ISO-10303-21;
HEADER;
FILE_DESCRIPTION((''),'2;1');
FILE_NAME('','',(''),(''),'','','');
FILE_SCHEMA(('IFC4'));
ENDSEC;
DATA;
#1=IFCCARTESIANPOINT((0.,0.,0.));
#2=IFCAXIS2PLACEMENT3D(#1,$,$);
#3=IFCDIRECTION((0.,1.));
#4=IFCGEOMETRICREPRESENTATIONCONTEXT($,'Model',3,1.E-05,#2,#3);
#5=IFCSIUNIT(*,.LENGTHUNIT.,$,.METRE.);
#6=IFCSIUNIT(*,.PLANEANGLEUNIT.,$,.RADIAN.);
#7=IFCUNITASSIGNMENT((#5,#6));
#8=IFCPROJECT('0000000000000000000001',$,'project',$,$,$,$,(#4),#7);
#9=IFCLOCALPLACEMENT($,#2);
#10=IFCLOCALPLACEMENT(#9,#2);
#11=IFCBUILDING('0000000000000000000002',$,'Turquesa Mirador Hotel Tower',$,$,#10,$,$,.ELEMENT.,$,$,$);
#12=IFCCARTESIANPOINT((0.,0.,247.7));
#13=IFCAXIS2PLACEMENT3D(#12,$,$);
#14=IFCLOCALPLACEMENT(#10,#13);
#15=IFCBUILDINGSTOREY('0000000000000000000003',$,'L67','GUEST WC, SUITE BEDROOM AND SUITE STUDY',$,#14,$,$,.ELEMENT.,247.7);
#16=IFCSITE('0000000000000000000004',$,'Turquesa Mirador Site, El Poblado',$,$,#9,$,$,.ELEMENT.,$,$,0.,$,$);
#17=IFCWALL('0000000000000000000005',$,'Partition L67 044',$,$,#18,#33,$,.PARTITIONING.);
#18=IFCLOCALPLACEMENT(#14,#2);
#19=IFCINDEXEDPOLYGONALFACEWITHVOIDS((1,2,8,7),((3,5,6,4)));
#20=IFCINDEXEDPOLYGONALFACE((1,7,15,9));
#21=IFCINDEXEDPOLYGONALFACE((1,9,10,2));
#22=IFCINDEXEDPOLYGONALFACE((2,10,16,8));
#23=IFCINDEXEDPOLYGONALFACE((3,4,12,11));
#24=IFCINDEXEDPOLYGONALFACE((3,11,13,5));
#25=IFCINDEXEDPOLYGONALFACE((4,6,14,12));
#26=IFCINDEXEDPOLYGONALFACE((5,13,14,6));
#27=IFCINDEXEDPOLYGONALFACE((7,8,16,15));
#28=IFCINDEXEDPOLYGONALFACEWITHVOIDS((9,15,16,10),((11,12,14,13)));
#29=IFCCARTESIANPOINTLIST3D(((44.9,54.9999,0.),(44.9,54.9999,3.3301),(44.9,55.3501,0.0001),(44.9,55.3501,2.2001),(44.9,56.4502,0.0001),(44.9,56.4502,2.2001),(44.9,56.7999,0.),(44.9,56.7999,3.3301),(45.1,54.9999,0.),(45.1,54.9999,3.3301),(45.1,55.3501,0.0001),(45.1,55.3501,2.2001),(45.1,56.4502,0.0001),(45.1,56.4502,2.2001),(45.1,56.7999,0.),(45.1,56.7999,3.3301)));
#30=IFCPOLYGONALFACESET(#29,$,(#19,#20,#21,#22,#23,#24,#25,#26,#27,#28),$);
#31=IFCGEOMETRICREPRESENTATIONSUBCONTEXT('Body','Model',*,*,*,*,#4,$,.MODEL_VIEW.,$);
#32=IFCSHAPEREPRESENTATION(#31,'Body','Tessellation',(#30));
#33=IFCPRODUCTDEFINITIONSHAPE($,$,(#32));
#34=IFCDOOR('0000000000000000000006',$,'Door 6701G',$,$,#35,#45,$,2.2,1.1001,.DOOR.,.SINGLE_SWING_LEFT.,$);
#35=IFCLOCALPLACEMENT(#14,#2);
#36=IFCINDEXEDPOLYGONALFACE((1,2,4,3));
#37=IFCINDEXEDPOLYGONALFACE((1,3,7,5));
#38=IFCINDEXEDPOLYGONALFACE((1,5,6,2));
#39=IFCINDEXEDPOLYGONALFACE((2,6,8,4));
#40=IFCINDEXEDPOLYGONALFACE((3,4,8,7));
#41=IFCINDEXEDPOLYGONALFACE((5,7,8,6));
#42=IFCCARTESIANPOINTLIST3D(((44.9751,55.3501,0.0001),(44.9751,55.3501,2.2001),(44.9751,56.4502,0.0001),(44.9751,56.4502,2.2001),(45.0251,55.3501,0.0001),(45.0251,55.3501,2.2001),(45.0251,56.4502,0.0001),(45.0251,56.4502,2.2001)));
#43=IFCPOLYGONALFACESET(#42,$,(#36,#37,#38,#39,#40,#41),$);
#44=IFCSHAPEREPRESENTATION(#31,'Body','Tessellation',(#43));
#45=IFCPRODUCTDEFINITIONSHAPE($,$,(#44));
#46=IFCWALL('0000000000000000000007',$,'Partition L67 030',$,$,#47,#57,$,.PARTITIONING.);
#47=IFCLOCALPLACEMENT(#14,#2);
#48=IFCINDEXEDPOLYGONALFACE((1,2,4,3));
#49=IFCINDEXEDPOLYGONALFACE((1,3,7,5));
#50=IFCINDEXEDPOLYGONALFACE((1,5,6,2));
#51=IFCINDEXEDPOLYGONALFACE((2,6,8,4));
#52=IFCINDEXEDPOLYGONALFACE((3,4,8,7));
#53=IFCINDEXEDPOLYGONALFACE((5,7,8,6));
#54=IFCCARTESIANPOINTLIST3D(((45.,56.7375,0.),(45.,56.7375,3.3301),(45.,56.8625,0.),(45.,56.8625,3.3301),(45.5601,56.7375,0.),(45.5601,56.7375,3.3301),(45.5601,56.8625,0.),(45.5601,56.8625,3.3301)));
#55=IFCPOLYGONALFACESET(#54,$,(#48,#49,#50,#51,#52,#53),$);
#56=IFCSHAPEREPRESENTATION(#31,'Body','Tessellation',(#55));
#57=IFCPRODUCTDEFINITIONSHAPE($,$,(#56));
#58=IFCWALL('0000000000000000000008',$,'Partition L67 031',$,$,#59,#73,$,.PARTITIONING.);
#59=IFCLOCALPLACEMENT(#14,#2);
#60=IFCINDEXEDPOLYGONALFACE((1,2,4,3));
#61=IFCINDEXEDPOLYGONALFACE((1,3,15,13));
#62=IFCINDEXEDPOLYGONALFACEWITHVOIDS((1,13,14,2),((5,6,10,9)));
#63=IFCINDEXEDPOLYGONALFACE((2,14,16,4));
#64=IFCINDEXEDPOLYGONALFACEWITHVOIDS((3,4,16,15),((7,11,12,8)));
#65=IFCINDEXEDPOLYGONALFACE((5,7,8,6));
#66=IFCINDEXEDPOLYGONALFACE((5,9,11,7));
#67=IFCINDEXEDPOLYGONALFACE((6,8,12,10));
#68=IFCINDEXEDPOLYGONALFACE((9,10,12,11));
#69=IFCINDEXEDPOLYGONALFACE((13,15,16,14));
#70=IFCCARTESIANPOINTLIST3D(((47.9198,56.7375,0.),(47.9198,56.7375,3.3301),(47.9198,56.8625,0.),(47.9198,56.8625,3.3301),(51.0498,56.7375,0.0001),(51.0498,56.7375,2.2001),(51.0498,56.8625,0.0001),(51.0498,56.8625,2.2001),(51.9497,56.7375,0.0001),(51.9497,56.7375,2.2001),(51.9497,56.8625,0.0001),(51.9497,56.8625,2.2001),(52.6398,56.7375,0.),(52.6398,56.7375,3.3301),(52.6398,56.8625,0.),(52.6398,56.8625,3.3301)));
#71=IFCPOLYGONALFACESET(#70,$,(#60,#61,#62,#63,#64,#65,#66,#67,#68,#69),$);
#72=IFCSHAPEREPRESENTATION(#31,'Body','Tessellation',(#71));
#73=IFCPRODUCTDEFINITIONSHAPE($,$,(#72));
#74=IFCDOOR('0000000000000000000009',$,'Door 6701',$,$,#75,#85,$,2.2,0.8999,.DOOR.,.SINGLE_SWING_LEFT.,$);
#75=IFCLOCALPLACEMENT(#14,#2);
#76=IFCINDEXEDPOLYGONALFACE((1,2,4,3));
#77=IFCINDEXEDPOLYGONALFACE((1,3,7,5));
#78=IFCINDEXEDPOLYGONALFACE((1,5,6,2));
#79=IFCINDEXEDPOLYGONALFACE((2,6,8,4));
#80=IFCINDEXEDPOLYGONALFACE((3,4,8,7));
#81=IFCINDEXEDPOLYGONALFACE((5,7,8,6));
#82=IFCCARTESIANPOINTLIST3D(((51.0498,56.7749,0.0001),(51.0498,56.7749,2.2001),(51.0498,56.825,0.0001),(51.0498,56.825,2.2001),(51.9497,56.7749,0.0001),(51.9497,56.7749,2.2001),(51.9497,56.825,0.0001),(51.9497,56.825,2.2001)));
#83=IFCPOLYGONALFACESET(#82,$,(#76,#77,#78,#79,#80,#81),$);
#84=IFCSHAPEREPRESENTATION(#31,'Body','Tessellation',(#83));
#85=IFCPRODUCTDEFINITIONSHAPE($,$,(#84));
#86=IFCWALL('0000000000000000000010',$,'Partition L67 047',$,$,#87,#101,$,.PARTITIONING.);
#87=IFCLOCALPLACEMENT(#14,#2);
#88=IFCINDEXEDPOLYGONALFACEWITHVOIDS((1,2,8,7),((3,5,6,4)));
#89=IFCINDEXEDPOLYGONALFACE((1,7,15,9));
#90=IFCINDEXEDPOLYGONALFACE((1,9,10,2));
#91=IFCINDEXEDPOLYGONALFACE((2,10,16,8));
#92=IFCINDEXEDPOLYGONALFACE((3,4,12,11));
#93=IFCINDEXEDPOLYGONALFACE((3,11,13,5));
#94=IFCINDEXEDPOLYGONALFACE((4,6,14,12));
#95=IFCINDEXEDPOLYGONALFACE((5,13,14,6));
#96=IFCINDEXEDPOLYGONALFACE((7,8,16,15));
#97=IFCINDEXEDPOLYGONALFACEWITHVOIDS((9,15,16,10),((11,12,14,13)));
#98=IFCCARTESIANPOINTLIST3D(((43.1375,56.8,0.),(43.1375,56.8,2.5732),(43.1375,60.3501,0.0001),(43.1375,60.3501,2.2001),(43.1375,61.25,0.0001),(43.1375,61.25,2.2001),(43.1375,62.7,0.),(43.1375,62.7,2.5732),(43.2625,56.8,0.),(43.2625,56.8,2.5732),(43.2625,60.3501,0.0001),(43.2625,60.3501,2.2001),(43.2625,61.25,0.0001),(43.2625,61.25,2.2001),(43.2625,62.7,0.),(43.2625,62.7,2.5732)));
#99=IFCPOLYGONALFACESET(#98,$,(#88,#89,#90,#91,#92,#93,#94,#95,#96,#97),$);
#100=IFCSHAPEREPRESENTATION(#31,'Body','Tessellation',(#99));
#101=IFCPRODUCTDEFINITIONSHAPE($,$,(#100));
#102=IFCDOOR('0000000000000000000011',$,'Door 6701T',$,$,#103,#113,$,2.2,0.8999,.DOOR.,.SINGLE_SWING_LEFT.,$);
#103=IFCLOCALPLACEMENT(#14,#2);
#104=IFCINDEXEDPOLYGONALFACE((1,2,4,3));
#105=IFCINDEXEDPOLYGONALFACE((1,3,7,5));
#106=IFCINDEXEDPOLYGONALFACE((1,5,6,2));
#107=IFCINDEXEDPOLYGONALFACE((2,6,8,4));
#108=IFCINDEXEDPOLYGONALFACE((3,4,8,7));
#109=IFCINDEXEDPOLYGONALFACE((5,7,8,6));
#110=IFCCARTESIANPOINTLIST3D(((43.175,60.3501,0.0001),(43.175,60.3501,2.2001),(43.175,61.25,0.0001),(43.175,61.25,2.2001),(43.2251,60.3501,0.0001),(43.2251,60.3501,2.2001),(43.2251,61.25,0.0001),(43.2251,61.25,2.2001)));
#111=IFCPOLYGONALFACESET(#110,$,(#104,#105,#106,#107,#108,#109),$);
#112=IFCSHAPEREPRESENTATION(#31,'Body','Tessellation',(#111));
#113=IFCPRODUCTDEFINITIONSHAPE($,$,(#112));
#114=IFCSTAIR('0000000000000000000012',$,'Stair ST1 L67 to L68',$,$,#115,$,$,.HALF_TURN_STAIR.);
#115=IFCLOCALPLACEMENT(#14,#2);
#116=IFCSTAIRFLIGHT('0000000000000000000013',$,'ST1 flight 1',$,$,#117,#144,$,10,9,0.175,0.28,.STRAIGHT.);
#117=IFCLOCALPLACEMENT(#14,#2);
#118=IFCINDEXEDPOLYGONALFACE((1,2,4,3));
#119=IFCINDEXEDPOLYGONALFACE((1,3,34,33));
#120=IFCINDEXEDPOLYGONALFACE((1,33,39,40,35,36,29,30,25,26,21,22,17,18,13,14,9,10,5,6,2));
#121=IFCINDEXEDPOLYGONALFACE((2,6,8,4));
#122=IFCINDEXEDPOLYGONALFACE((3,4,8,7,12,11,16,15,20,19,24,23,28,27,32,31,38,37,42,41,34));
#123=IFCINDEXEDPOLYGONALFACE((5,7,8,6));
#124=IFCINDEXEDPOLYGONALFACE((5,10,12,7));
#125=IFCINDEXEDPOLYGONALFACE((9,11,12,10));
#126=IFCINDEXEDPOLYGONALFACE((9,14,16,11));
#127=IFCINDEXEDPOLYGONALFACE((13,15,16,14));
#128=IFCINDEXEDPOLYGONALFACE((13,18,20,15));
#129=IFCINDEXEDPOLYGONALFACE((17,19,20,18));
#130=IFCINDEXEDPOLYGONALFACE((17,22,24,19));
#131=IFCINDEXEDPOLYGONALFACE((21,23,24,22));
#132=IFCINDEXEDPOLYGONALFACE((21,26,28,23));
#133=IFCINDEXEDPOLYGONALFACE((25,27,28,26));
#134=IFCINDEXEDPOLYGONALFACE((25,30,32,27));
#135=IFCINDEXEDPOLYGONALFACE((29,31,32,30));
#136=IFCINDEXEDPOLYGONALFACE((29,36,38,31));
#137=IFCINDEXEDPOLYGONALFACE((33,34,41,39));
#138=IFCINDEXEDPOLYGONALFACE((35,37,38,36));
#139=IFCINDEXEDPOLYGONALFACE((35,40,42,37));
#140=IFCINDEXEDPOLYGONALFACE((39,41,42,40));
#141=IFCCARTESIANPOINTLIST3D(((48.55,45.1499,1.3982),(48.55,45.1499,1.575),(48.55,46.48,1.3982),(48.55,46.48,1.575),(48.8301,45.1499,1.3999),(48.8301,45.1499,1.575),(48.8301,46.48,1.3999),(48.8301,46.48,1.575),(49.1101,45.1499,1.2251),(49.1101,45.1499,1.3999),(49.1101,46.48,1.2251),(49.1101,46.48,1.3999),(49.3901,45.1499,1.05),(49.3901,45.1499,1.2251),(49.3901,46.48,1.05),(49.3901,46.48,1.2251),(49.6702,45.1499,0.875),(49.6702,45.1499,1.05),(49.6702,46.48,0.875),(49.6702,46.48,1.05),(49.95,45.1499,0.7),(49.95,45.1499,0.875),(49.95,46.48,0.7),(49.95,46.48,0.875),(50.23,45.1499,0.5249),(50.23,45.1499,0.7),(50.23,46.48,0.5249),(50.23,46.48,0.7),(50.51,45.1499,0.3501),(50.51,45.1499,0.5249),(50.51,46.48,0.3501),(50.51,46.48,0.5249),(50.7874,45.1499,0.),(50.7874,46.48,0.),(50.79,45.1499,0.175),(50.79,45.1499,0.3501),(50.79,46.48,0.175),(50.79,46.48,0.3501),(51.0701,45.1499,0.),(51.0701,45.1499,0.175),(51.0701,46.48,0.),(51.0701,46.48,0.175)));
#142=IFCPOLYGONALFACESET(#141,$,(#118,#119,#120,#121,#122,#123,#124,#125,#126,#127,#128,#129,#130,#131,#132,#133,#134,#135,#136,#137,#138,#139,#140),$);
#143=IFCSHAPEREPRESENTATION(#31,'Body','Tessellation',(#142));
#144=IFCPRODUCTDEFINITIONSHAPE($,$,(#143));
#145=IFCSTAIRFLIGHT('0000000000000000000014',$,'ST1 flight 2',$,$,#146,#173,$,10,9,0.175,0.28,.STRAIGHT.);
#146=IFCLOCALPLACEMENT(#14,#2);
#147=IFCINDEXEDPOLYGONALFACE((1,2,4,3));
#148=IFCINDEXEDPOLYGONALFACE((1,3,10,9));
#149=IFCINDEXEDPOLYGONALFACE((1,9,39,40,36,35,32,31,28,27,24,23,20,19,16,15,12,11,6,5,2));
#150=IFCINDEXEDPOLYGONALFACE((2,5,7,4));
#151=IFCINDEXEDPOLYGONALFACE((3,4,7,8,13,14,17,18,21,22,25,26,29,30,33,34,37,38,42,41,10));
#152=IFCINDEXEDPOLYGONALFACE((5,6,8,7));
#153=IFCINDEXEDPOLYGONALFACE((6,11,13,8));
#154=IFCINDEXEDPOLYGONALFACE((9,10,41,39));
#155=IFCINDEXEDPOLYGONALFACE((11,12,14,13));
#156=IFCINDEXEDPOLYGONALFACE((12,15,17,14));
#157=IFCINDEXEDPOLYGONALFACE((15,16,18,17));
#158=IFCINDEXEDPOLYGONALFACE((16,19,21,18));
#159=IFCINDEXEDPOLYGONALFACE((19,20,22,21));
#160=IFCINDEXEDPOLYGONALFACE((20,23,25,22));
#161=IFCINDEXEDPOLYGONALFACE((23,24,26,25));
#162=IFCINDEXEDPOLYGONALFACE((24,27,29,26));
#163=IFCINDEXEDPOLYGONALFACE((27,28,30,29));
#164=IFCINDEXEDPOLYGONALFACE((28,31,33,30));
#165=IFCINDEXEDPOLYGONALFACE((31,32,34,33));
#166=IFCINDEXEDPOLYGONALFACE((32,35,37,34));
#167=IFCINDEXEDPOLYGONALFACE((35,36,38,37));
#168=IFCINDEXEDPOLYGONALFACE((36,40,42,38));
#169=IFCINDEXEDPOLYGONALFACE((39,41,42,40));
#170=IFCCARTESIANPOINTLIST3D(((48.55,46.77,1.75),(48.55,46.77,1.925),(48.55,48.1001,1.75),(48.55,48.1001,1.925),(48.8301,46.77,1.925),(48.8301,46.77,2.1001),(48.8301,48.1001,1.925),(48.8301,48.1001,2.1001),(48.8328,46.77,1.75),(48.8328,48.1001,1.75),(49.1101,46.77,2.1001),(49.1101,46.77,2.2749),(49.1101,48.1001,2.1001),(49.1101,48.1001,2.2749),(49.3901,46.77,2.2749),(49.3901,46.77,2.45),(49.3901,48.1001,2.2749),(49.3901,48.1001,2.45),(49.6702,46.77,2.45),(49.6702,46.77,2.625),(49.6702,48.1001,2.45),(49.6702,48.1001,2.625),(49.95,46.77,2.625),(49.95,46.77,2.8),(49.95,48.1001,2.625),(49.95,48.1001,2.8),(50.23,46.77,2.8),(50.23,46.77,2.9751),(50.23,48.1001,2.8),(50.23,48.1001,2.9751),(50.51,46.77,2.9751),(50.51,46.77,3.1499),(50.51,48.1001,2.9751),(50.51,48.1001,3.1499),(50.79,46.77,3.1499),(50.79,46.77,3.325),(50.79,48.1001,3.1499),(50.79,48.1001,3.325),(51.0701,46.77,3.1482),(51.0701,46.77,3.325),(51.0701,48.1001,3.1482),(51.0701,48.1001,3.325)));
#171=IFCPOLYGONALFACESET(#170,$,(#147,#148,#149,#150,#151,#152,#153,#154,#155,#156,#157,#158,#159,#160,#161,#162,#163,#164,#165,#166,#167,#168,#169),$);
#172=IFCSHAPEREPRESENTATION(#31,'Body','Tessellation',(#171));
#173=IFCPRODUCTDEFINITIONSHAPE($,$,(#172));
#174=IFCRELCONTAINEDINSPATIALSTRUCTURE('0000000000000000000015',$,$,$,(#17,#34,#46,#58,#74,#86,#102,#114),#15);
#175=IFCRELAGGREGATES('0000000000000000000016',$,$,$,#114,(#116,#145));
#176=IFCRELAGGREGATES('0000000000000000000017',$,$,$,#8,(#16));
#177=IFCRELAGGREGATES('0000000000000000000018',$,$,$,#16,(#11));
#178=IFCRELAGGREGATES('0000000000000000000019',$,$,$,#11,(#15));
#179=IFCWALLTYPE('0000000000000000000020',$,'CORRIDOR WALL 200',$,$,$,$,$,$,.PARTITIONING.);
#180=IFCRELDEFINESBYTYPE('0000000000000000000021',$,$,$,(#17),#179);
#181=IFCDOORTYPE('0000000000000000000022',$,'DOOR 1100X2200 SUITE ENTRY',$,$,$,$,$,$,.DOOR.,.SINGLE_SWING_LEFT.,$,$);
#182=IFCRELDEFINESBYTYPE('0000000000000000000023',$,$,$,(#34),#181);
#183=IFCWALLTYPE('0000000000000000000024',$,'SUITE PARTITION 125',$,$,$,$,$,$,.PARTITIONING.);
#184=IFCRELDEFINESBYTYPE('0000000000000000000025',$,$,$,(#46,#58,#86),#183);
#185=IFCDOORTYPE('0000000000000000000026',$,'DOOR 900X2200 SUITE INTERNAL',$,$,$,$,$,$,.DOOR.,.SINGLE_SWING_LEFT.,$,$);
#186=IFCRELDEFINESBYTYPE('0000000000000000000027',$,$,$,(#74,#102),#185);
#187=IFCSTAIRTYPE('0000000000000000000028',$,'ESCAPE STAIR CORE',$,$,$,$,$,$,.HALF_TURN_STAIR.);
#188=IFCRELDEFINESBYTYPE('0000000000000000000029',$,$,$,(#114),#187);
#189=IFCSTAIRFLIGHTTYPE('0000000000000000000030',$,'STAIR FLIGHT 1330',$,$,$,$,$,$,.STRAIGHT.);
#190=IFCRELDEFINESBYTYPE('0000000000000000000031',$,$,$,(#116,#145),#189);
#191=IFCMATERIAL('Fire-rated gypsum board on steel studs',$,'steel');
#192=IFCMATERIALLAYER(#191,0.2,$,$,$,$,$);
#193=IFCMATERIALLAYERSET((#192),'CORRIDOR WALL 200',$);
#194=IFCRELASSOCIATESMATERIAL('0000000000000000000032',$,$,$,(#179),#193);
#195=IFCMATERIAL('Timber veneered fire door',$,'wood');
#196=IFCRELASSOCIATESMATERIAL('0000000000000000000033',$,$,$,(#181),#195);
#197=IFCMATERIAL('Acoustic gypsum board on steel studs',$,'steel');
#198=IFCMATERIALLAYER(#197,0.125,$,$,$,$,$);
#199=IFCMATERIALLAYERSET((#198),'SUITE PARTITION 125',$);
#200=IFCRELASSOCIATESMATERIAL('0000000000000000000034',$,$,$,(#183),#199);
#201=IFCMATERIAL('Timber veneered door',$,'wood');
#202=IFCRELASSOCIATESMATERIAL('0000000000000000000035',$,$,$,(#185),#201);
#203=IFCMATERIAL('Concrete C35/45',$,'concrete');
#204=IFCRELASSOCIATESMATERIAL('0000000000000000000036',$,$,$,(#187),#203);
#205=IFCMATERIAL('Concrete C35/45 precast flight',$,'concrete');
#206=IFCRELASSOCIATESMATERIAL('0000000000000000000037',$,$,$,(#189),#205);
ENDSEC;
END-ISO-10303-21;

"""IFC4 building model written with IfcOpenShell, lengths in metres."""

from ifc_helpers import new_model, si_unit, direction, frame, frame_2d, origin, place, context, subcontext, project, spatial, polyline, rectangle, outline, extrude, material, layer, layer_set, type_object, element, fill, aggregate, save


model = new_model("IFC4")

# Units and contexts
model_context = context("Model", 3, precision=1e-05, world=origin(), true_north=direction((0.0, 1.0)))
body_context = subcontext(model_context, "Body", "Model", "MODEL_VIEW")
ifc_project = project(units=[si_unit("LENGTHUNIT", "METRE"), si_unit("PLANEANGLEUNIT", "RADIAN")], contexts=[model_context])

# Site, building, storey
site_placement = place(None, origin())
site = spatial("IfcSite", under=ifc_project, at=site_placement, Name="Turquesa Mirador Site, El Poblado", CompositionType="ELEMENT", RefElevation=0.0)
building_placement = place(site_placement, origin())
building = spatial("IfcBuilding", under=site, at=building_placement, Name="Turquesa Mirador Hotel Tower", CompositionType="ELEMENT")
storey_placement = place(building_placement, frame((0.0, 0.0, 247.7)))
storey = spatial("IfcBuildingStorey", under=building, at=storey_placement, Name="L67", Description="GUEST WC, SUITE BEDROOM AND SUITE STUDY", CompositionType="ELEMENT", Elevation=247.7)

# Wall, opening, door
ifc_material_1 = material(Name="Fire-rated gypsum board on steel studs", Category="steel")
ifc_layer_1 = layer(ifc_material_1, 0.2)
ifc_layer_set_1 = layer_set([ifc_layer_1], Name="CORRIDOR WALL 200")
wall_type_1 = type_object("IfcWallType", Name="CORRIDOR WALL 200", PredefinedType="PARTITIONING", material=ifc_layer_set_1)
wall_1_placement = place(storey_placement, frame((45.0, 55.0, 0.0), z_axis=(0.0, 0.0, 1.0), x_axis=(0.0, 1.0, 0.0)))
wall_1 = element("IfcWall", 1, at=wall_1_placement, inside=storey, type_object=wall_type_1, Name="Partition L67 044", PredefinedType="PARTITIONING", context=body_context, shape_type="SweptSolid", body=[
    extrude(rectangle(XDim=1.8, YDim=0.2, at=frame_2d((0.8999, 0.0))), origin(), (0.0, 0.0, 1.0), 3.3301),
])
opening_1_placement = place(wall_1_placement, frame((0.3501, 0.0, 0.0)))
opening_1 = element("IfcOpeningElement", 2, at=opening_1_placement, cuts=wall_1, PredefinedType="OPENING", context=body_context, shape_type="SweptSolid", body=[
    extrude(rectangle(XDim=1.1001, YDim=2.2, at=frame_2d((0.55, 1.1001))), frame((0.0, 0.1099, 0.0), z_axis=(0.0, -1.0, 0.0), x_axis=(1.0, 0.0, 0.0)), (0.0, 0.0, 1.0), 0.22),
])
ifc_material_2 = material(Name="Timber veneered fire door", Category="wood")
door_type_1 = type_object("IfcDoorType", Name="DOOR 1100X2200 SUITE ENTRY", OperationType="SINGLE_SWING_LEFT", PredefinedType="DOOR", material=ifc_material_2)
door_1_placement = place(opening_1_placement, origin())
door_1 = element("IfcDoor", 3, at=door_1_placement, inside=storey, type_object=door_type_1, Name="Door 6701G", OperationType="SINGLE_SWING_LEFT", OverallHeight=2.2, OverallWidth=1.1001, PredefinedType="DOOR", context=body_context, shape_type="SweptSolid", body=[
    extrude(rectangle(XDim=1.1001, YDim=2.2, at=frame_2d((0.55, 1.1001))), frame((0.0, 0.0249, 0.0), z_axis=(0.0, -1.0, 0.0), x_axis=(1.0, 0.0, 0.0)), (0.0, 0.0, 1.0), 0.05),
])
fill(opening_1, door_1)

# Wall
ifc_material_3 = material(Name="Acoustic gypsum board on steel studs", Category="steel")
ifc_layer_2 = layer(ifc_material_3, 0.125)
ifc_layer_set_2 = layer_set([ifc_layer_2], Name="SUITE PARTITION 125")
wall_type_2 = type_object("IfcWallType", Name="SUITE PARTITION 125", PredefinedType="PARTITIONING", material=ifc_layer_set_2)
wall_2_placement = place(storey_placement, frame((45.0, 56.8, 0.0), z_axis=(0.0, 0.0, 1.0), x_axis=(1.0, 0.0, 0.0)))
element("IfcWall", 4, at=wall_2_placement, inside=storey, type_object=wall_type_2, Name="Partition L67 030", PredefinedType="PARTITIONING", context=body_context, shape_type="SweptSolid", body=[
    extrude(rectangle(XDim=0.5601, YDim=0.125, at=frame_2d((0.28, 0.0))), origin(), (0.0, 0.0, 1.0), 3.3301),
])

# Walls, openings, doors
wall_3_placement = place(storey_placement, frame((47.9199, 56.8, 0.0), z_axis=(0.0, 0.0, 1.0), x_axis=(1.0, 0.0, 0.0)))
wall_3 = element("IfcWall", 5, at=wall_3_placement, inside=storey, type_object=wall_type_2, Name="Partition L67 031", PredefinedType="PARTITIONING", context=body_context, shape_type="SweptSolid", body=[
    extrude(rectangle(XDim=4.72, YDim=0.125, at=frame_2d((2.3599, 0.0))), origin(), (0.0, 0.0, 1.0), 3.3301),
])
opening_2_placement = place(wall_3_placement, frame((3.1299, 0.0, 0.0)))
opening_2 = element("IfcOpeningElement", 6, at=opening_2_placement, cuts=wall_3, PredefinedType="OPENING", context=body_context, shape_type="SweptSolid", body=[
    extrude(rectangle(XDim=0.8999, YDim=2.2, at=frame_2d((0.45, 1.1001))), frame((0.0, 0.0725, 0.0), z_axis=(0.0, -1.0, 0.0), x_axis=(1.0, 0.0, 0.0)), (0.0, 0.0, 1.0), 0.145),
])
ifc_material_4 = material(Name="Timber veneered door", Category="wood")
door_type_2 = type_object("IfcDoorType", Name="DOOR 900X2200 SUITE INTERNAL", OperationType="SINGLE_SWING_LEFT", PredefinedType="DOOR", material=ifc_material_4)
door_2_placement = place(opening_2_placement, origin())
door_2 = element("IfcDoor", 7, at=door_2_placement, inside=storey, type_object=door_type_2, Name="Door 6701", OperationType="SINGLE_SWING_LEFT", OverallHeight=2.2, OverallWidth=0.8999, PredefinedType="DOOR", context=body_context, shape_type="SweptSolid", body=[
    extrude(rectangle(XDim=0.8999, YDim=2.2, at=frame_2d((0.45, 1.1001))), frame((0.0, 0.0249, 0.0), z_axis=(0.0, -1.0, 0.0), x_axis=(1.0, 0.0, 0.0)), (0.0, 0.0, 1.0), 0.05),
])
fill(opening_2, door_2)
wall_4_placement = place(storey_placement, frame((43.2, 56.8, 0.0), z_axis=(0.0, 0.0, 1.0), x_axis=(0.0, 1.0, 0.0)))
wall_4 = element("IfcWall", 8, at=wall_4_placement, inside=storey, type_object=wall_type_2, Name="Partition L67 047", PredefinedType="PARTITIONING", context=body_context, shape_type="SweptSolid", body=[
    extrude(rectangle(XDim=5.8999, YDim=0.125, at=frame_2d((2.95, 0.0))), origin(), (0.0, 0.0, 1.0), 2.5732),
])
opening_3_placement = place(wall_4_placement, frame((3.55, 0.0, 0.0)))
opening_3 = element("IfcOpeningElement", 9, at=opening_3_placement, cuts=wall_4, PredefinedType="OPENING", context=body_context, shape_type="SweptSolid", body=[
    extrude(rectangle(XDim=0.8999, YDim=2.2, at=frame_2d((0.45, 1.1001))), frame((0.0, 0.0725, 0.0), z_axis=(0.0, -1.0, 0.0), x_axis=(1.0, 0.0, 0.0)), (0.0, 0.0, 1.0), 0.145),
])
door_3_placement = place(opening_3_placement, origin())
door_3 = element("IfcDoor", 10, at=door_3_placement, inside=storey, type_object=door_type_2, Name="Door 6701T", OperationType="SINGLE_SWING_LEFT", OverallHeight=2.2, OverallWidth=0.8999, PredefinedType="DOOR", context=body_context, shape_type="SweptSolid", body=[
    extrude(rectangle(XDim=0.8999, YDim=2.2, at=frame_2d((0.45, 1.1001))), frame((0.0, 0.0249, 0.0), z_axis=(0.0, -1.0, 0.0), x_axis=(1.0, 0.0, 0.0)), (0.0, 0.0, 1.0), 0.05),
])
fill(opening_3, door_3)

# Stair, stair flights
ifc_material_5 = material(Name="Concrete C35/45", Category="concrete")
stair_type = type_object("IfcStairType", Name="ESCAPE STAIR CORE", PredefinedType="HALF_TURN_STAIR", material=ifc_material_5)
stair_1_placement = place(storey_placement, origin())
stair_1 = element("IfcStair", 11, at=stair_1_placement, inside=storey, type_object=stair_type, Name="Stair ST1 L67 to L68", PredefinedType="HALF_TURN_STAIR")
ifc_material_6 = material(Name="Concrete C35/45 precast flight", Category="concrete")
stair_flight_type = type_object("IfcStairFlightType", Name="STAIR FLIGHT 1330", PredefinedType="STRAIGHT", material=ifc_material_6)
stair_flight_1_placement = place(storey_placement, frame((51.0701, 45.8149, 0.0), z_axis=(0.0, 0.0, 1.0), x_axis=(-1.0, 0.0, 0.0)))
stair_flight_1 = element("IfcStairFlight", 12, at=stair_flight_1_placement, type_object=stair_flight_type, Name="ST1 flight 1", NumberOfRisers=10, NumberOfTreads=9, PredefinedType="STRAIGHT", RiserHeight=0.175, TreadLength=0.28, context=body_context, shape_type="SweptSolid", body=[
    extrude(outline(polyline([(0.0, 0.0), (0.0, 0.175), (0.28, 0.175), (0.28, 0.3501), (0.5601, 0.3501), (0.5601, 0.5249), (0.8401, 0.5249), (0.8401, 0.7), (1.1201, 0.7), (1.1201, 0.875), (1.3999, 0.875), (1.3999, 1.05), (1.6799, 1.05), (1.6799, 1.2251), (1.96, 1.2251), (1.96, 1.3999), (2.24, 1.3999), (2.24, 1.575), (2.52, 1.575), (2.52, 1.75), (2.52, 1.3982), (0.2827, 0.0), (0.0, 0.0)])), frame((0.0, 0.665, 0.0), z_axis=(0.0, -1.0, 0.0), x_axis=(1.0, 0.0, 0.0)), (0.0, 0.0, 1.0), 1.3301),
])
stair_flight_2_placement = place(storey_placement, frame((48.55, 47.4351, 1.75), z_axis=(0.0, 0.0, 1.0), x_axis=(1.0, 0.0, 0.0)))
stair_flight_2 = element("IfcStairFlight", 13, at=stair_flight_2_placement, type_object=stair_flight_type, Name="ST1 flight 2", NumberOfRisers=10, NumberOfTreads=9, PredefinedType="STRAIGHT", RiserHeight=0.175, TreadLength=0.28, context=body_context, shape_type="SweptSolid", body=[
    extrude(outline(polyline([(0.0, 0.0), (0.0, 0.175), (0.28, 0.175), (0.28, 0.3501), (0.5601, 0.3501), (0.5601, 0.5249), (0.8401, 0.5249), (0.8401, 0.7), (1.1201, 0.7), (1.1201, 0.875), (1.3999, 0.875), (1.3999, 1.05), (1.6799, 1.05), (1.6799, 1.2251), (1.96, 1.2251), (1.96, 1.3999), (2.24, 1.3999), (2.24, 1.575), (2.52, 1.575), (2.52, 1.75), (2.52, 1.3982), (0.2827, 0.0), (0.0, 0.0)])), frame((0.0, 0.665, 0.0), z_axis=(0.0, -1.0, 0.0), x_axis=(1.0, 0.0, 0.0)), (0.0, 0.0, 1.0), 1.3301),
])
aggregate(stair_1, [stair_flight_1, stair_flight_2])

save(model, "model.ifc")
